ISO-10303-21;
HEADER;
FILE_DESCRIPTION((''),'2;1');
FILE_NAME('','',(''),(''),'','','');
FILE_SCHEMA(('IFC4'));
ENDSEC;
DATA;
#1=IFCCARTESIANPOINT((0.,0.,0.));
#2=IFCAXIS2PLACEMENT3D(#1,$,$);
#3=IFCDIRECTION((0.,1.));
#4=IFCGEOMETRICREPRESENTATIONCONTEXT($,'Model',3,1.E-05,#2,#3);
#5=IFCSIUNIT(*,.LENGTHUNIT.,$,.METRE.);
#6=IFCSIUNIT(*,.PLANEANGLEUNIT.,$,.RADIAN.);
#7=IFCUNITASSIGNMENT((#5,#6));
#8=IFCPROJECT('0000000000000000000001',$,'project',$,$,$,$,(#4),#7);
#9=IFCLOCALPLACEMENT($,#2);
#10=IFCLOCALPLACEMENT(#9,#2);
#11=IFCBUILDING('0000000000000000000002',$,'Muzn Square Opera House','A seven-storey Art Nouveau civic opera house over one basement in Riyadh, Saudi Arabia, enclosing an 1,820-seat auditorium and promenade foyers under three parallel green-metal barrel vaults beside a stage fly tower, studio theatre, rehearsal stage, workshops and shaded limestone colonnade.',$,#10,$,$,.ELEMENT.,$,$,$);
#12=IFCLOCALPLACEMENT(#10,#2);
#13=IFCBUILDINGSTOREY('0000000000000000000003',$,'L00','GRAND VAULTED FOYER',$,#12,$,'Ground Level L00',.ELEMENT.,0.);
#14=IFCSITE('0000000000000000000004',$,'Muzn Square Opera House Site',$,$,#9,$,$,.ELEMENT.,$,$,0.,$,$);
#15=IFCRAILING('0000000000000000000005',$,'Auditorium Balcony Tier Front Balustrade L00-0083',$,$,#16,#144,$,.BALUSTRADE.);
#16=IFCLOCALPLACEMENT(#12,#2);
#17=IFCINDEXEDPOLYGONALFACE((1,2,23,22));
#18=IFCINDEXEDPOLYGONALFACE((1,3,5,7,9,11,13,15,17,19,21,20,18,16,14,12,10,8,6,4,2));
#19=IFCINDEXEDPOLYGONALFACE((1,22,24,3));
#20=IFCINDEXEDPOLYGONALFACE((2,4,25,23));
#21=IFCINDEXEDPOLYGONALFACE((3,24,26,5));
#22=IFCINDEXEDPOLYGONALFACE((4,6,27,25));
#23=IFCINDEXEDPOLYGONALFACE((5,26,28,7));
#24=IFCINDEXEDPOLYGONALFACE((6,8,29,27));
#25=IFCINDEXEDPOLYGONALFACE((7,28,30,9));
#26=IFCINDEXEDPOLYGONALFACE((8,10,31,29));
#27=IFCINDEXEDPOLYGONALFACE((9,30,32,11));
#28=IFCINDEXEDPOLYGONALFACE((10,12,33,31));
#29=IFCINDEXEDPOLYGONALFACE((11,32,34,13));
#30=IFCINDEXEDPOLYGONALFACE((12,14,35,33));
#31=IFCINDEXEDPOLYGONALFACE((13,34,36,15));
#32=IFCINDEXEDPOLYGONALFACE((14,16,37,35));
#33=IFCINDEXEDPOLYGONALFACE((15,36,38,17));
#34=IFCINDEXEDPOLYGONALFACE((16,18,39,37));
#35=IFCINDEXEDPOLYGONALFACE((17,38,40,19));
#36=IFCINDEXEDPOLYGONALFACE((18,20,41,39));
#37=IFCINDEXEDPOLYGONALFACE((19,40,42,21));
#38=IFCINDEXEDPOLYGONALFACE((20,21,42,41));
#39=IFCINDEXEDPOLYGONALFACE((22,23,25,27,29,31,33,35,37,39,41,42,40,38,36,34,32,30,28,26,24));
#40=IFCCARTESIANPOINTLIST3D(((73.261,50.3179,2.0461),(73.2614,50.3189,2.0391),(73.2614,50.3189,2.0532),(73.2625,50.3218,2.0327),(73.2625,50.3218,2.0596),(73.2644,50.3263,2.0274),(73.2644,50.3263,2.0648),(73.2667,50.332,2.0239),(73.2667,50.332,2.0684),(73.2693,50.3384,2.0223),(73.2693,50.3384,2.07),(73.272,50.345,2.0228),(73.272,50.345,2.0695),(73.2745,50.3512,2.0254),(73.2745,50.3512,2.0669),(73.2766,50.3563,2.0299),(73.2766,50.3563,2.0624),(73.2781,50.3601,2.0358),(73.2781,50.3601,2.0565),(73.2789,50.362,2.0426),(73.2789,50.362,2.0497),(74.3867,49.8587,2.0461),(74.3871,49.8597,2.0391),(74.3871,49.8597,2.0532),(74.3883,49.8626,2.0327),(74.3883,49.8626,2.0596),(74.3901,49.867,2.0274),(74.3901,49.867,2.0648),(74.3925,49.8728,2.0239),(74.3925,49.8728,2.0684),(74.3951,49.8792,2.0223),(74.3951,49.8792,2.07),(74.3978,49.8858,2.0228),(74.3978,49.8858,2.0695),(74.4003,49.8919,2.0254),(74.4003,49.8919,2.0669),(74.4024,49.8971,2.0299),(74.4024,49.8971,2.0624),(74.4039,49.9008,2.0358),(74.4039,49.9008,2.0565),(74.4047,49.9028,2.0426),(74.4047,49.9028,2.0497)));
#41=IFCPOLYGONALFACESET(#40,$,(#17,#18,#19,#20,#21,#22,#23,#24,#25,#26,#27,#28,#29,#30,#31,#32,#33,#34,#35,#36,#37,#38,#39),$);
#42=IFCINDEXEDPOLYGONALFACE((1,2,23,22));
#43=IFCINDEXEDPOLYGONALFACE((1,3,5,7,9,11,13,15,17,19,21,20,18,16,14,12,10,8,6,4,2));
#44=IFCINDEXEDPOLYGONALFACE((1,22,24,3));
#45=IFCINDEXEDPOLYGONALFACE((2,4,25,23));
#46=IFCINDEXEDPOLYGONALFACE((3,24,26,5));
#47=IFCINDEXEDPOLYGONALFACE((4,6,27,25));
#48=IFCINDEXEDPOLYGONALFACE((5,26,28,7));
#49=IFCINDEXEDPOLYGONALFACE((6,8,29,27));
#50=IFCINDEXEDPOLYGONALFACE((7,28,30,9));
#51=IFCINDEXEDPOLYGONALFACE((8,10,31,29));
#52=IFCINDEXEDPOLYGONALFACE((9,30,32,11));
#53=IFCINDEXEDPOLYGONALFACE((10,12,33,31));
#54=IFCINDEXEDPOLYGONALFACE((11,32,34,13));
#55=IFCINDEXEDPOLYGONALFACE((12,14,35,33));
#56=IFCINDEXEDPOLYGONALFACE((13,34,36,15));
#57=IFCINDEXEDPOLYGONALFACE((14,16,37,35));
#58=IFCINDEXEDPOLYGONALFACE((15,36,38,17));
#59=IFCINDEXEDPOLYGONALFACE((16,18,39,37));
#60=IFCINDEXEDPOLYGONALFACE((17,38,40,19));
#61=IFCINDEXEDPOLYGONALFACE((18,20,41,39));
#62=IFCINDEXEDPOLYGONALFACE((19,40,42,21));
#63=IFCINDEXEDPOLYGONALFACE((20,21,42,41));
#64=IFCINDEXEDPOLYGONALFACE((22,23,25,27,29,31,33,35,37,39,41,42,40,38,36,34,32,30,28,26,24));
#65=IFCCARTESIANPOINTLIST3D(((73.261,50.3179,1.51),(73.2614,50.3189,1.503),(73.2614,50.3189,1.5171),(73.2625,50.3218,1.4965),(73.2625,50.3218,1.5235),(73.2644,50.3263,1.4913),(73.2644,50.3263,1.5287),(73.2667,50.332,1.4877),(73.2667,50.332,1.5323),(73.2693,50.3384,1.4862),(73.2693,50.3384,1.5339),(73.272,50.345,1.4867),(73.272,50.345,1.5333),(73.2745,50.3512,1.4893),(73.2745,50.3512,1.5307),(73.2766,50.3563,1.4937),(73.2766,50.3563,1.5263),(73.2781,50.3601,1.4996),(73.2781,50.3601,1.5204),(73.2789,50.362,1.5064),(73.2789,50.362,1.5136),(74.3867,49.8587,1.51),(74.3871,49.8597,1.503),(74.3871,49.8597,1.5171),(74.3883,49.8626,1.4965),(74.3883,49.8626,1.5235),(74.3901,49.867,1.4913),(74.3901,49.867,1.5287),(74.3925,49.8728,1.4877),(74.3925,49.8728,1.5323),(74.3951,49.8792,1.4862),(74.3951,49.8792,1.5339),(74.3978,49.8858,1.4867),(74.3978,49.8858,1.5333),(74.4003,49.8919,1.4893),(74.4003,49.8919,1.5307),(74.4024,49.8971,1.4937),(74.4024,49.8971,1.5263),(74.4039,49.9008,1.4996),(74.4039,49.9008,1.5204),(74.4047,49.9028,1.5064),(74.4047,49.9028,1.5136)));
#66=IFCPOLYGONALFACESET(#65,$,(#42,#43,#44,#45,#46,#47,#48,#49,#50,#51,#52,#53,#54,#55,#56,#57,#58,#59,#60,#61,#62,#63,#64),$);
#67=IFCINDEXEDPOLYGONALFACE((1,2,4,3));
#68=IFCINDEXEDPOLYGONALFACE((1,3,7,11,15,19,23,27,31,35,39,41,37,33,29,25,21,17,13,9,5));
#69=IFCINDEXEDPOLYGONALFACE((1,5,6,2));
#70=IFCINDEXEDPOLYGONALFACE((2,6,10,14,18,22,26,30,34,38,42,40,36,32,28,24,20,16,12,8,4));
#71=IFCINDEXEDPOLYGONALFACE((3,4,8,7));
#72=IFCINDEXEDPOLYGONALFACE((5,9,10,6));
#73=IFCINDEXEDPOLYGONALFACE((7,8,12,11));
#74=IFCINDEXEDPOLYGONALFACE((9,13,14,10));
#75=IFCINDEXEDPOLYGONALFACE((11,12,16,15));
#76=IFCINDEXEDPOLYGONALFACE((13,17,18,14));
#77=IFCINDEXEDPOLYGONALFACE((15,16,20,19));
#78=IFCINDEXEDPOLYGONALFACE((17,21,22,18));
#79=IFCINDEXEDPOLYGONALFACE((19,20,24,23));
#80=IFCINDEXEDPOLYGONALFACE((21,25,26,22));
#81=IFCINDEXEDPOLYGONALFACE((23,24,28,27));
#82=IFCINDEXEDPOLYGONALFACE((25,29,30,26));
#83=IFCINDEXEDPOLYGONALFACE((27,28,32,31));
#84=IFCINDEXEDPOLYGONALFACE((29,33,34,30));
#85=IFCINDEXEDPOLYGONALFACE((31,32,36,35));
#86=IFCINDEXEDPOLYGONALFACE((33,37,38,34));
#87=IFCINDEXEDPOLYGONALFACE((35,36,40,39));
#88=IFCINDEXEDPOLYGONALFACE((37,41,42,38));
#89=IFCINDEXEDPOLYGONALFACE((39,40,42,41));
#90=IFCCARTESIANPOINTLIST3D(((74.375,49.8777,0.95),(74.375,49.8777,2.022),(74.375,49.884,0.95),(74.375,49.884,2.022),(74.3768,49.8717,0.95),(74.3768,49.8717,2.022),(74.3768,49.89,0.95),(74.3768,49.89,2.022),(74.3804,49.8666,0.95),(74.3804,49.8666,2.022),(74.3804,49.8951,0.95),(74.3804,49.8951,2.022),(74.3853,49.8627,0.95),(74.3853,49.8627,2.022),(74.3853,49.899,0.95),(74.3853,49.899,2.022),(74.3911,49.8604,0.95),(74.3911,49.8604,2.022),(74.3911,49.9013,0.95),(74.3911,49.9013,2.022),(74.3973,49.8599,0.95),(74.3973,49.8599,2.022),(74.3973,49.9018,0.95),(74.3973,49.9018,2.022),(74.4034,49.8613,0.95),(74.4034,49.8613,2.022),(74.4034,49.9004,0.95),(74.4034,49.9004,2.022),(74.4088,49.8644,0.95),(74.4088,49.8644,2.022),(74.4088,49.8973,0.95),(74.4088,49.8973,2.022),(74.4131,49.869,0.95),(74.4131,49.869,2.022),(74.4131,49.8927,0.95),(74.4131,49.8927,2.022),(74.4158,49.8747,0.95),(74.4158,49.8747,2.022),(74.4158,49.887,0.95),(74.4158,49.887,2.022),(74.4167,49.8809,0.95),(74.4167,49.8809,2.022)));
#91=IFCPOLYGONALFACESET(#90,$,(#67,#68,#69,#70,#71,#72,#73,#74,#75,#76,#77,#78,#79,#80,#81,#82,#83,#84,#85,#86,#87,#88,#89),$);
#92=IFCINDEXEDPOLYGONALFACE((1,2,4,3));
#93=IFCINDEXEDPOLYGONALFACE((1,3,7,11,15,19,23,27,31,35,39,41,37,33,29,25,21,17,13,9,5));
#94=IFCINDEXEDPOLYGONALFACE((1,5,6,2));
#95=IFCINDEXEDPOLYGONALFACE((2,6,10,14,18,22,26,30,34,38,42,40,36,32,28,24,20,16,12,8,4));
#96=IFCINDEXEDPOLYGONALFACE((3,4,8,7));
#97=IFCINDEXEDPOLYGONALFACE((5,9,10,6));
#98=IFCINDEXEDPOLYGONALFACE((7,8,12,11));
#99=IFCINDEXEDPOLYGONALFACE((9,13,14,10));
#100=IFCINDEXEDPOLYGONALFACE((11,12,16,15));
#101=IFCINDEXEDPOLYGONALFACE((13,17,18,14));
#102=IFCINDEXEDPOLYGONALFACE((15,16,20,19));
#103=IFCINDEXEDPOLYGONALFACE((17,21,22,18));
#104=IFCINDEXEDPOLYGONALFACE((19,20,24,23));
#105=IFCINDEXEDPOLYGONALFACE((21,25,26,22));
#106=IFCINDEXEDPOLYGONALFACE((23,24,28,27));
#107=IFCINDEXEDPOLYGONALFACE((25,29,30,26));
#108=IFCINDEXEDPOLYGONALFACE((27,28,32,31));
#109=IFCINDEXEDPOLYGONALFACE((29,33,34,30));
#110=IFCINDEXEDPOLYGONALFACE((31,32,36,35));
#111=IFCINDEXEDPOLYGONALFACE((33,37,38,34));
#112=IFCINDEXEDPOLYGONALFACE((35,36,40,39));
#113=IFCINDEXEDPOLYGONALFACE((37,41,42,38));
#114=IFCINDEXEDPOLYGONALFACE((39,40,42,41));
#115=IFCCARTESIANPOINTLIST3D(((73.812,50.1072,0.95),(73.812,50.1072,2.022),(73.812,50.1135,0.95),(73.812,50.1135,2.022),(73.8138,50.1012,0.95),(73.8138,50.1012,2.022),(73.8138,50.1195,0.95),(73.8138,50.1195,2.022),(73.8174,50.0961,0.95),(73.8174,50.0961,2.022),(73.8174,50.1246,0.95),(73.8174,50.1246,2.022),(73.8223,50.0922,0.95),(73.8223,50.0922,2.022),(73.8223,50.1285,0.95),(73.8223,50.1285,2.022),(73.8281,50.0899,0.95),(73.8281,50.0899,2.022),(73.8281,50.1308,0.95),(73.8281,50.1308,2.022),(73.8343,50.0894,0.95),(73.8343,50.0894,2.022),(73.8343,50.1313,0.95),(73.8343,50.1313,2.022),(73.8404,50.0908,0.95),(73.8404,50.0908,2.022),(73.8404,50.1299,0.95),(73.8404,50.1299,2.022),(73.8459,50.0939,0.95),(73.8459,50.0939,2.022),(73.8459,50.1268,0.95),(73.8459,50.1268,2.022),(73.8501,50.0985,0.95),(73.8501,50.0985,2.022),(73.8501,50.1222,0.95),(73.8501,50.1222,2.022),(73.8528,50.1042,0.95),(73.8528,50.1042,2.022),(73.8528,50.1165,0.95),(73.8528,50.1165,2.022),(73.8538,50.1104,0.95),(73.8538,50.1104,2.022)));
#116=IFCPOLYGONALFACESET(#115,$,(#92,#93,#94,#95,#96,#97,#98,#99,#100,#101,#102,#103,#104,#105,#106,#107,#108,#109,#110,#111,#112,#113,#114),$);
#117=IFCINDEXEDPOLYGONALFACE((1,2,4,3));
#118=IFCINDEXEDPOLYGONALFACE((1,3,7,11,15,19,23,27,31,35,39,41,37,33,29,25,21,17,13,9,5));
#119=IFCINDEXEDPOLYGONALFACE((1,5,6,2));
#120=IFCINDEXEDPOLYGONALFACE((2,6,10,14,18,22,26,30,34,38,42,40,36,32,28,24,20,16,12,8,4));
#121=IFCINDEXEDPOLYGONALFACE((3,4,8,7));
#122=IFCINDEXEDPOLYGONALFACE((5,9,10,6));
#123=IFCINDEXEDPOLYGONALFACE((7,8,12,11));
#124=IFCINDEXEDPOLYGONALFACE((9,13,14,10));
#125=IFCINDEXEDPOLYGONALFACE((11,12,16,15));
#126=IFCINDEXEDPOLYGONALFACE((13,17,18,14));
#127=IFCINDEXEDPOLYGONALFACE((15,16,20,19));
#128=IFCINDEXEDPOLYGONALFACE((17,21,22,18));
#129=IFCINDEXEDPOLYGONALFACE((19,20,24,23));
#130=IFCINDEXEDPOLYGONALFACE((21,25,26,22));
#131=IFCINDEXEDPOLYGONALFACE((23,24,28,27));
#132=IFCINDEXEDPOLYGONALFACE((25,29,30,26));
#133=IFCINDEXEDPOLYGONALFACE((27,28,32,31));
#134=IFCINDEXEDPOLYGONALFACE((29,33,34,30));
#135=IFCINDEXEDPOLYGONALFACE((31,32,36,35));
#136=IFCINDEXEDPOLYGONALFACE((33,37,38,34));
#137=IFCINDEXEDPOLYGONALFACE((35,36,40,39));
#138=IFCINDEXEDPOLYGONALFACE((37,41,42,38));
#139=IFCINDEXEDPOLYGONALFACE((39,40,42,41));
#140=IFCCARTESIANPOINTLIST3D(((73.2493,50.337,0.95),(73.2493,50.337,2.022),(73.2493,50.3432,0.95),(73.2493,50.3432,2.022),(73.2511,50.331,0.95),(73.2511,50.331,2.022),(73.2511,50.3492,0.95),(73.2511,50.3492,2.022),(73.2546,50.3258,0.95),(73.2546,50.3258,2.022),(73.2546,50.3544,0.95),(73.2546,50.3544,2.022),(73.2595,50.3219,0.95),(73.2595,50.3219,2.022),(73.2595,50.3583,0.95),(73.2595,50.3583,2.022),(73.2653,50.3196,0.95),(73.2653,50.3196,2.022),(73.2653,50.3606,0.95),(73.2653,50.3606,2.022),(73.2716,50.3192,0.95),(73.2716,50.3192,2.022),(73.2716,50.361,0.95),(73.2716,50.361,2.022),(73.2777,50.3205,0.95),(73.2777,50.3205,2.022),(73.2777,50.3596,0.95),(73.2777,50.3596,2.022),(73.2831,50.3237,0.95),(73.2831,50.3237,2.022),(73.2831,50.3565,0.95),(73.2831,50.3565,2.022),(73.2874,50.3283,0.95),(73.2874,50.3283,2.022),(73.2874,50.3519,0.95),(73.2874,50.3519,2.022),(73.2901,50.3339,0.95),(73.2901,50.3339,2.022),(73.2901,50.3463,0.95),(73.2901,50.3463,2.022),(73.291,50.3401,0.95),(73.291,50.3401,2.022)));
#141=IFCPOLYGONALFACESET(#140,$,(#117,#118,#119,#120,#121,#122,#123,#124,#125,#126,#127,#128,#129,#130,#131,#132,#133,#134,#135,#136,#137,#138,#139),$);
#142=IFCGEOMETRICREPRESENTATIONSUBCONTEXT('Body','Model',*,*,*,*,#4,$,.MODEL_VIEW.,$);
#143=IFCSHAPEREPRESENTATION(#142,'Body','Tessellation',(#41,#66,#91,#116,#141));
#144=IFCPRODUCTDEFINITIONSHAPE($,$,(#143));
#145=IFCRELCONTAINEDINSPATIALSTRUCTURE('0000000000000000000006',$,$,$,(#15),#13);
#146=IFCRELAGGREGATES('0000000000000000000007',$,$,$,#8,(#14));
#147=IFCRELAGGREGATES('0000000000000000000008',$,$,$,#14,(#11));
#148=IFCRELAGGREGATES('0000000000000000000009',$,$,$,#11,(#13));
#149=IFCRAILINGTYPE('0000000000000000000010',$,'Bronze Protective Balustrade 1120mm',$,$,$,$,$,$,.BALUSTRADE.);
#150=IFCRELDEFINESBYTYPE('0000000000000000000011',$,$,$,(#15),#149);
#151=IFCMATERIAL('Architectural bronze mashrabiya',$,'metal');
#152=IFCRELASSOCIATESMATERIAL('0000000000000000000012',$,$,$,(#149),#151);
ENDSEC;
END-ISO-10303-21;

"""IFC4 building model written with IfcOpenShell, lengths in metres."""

from ifc_helpers import new_model, si_unit, direction, frame, origin, origin_2d, place, context, subcontext, project, spatial, circle, extrude, material, type_object, element, save


model = new_model("IFC4")

# Units and contexts
model_context = context("Model", 3, precision=1e-05, world=origin(), true_north=direction((0.0, 1.0)))
body_context = subcontext(model_context, "Body", "Model", "MODEL_VIEW")
ifc_project = project(units=[si_unit("LENGTHUNIT", "METRE"), si_unit("PLANEANGLEUNIT", "RADIAN")], contexts=[model_context])

# Site, building, storey
site_placement = place(None, origin())
site = spatial("IfcSite", under=ifc_project, at=site_placement, Name="Muzn Square Opera House Site", CompositionType="ELEMENT", RefElevation=0.0)
building_placement = place(site_placement, origin())
building = spatial("IfcBuilding", under=site, at=building_placement, Name="Muzn Square Opera House", Description="A seven-storey Art Nouveau civic opera house over one basement in Riyadh, Saudi Arabia, enclosing an 1,820-seat auditorium and promenade foyers under three parallel green-metal barrel vaults beside a stage fly tower, studio theatre, rehearsal stage, workshops and shaded limestone colonnade.", CompositionType="ELEMENT")
storey_placement = place(building_placement, origin())
storey = spatial("IfcBuildingStorey", under=building, at=storey_placement, Name="L00", Description="GRAND VAULTED FOYER", LongName="Ground Level L00", CompositionType="ELEMENT", Elevation=0.0)

# Railing
ifc_material_1 = material(Name="Architectural bronze mashrabiya", Category="metal")
railing_type = type_object("IfcRailingType", Name="Bronze Protective Balustrade 1120mm", PredefinedType="BALUSTRADE", material=ifc_material_1)
railing_1_placement = place(storey_placement, frame((74.3958, 49.8809, 0.95)))
element("IfcRailing", 1, at=railing_1_placement, inside=storey, type_object=railing_type, Name="Auditorium Balcony Tier Front Balustrade L00-0083", PredefinedType="BALUSTRADE", context=body_context, shape_type="SweptSolid", body=[
    extrude(circle(Radius=0.0239, at=origin_2d()), frame((0.0, 0.0, 1.0962), z_axis=(-0.925921, 0.377718, 0.0), x_axis=(-0.377718, -0.925921, 0.0)), (0.0, 0.0, 1.0), 1.2158),
    extrude(circle(Radius=0.0239, at=origin_2d()), frame((0.0, 0.0, 0.5601), z_axis=(-0.925921, 0.377718, 0.0), x_axis=(-0.377718, -0.925921, 0.0)), (0.0, 0.0, 1.0), 1.2158),
    extrude(circle(Radius=0.021, at=origin_2d()), origin(), (0.0, 0.0, 1.0), 1.072),
    extrude(circle(Radius=0.021, at=origin_2d()), frame((-0.563, 0.2295, 0.0)), (0.0, 0.0, 1.0), 1.072),
    extrude(circle(Radius=0.021, at=origin_2d()), frame((-1.1257, 0.4592, 0.0)), (0.0, 0.0, 1.0), 1.072),
])

save(model, "model.ifc")
